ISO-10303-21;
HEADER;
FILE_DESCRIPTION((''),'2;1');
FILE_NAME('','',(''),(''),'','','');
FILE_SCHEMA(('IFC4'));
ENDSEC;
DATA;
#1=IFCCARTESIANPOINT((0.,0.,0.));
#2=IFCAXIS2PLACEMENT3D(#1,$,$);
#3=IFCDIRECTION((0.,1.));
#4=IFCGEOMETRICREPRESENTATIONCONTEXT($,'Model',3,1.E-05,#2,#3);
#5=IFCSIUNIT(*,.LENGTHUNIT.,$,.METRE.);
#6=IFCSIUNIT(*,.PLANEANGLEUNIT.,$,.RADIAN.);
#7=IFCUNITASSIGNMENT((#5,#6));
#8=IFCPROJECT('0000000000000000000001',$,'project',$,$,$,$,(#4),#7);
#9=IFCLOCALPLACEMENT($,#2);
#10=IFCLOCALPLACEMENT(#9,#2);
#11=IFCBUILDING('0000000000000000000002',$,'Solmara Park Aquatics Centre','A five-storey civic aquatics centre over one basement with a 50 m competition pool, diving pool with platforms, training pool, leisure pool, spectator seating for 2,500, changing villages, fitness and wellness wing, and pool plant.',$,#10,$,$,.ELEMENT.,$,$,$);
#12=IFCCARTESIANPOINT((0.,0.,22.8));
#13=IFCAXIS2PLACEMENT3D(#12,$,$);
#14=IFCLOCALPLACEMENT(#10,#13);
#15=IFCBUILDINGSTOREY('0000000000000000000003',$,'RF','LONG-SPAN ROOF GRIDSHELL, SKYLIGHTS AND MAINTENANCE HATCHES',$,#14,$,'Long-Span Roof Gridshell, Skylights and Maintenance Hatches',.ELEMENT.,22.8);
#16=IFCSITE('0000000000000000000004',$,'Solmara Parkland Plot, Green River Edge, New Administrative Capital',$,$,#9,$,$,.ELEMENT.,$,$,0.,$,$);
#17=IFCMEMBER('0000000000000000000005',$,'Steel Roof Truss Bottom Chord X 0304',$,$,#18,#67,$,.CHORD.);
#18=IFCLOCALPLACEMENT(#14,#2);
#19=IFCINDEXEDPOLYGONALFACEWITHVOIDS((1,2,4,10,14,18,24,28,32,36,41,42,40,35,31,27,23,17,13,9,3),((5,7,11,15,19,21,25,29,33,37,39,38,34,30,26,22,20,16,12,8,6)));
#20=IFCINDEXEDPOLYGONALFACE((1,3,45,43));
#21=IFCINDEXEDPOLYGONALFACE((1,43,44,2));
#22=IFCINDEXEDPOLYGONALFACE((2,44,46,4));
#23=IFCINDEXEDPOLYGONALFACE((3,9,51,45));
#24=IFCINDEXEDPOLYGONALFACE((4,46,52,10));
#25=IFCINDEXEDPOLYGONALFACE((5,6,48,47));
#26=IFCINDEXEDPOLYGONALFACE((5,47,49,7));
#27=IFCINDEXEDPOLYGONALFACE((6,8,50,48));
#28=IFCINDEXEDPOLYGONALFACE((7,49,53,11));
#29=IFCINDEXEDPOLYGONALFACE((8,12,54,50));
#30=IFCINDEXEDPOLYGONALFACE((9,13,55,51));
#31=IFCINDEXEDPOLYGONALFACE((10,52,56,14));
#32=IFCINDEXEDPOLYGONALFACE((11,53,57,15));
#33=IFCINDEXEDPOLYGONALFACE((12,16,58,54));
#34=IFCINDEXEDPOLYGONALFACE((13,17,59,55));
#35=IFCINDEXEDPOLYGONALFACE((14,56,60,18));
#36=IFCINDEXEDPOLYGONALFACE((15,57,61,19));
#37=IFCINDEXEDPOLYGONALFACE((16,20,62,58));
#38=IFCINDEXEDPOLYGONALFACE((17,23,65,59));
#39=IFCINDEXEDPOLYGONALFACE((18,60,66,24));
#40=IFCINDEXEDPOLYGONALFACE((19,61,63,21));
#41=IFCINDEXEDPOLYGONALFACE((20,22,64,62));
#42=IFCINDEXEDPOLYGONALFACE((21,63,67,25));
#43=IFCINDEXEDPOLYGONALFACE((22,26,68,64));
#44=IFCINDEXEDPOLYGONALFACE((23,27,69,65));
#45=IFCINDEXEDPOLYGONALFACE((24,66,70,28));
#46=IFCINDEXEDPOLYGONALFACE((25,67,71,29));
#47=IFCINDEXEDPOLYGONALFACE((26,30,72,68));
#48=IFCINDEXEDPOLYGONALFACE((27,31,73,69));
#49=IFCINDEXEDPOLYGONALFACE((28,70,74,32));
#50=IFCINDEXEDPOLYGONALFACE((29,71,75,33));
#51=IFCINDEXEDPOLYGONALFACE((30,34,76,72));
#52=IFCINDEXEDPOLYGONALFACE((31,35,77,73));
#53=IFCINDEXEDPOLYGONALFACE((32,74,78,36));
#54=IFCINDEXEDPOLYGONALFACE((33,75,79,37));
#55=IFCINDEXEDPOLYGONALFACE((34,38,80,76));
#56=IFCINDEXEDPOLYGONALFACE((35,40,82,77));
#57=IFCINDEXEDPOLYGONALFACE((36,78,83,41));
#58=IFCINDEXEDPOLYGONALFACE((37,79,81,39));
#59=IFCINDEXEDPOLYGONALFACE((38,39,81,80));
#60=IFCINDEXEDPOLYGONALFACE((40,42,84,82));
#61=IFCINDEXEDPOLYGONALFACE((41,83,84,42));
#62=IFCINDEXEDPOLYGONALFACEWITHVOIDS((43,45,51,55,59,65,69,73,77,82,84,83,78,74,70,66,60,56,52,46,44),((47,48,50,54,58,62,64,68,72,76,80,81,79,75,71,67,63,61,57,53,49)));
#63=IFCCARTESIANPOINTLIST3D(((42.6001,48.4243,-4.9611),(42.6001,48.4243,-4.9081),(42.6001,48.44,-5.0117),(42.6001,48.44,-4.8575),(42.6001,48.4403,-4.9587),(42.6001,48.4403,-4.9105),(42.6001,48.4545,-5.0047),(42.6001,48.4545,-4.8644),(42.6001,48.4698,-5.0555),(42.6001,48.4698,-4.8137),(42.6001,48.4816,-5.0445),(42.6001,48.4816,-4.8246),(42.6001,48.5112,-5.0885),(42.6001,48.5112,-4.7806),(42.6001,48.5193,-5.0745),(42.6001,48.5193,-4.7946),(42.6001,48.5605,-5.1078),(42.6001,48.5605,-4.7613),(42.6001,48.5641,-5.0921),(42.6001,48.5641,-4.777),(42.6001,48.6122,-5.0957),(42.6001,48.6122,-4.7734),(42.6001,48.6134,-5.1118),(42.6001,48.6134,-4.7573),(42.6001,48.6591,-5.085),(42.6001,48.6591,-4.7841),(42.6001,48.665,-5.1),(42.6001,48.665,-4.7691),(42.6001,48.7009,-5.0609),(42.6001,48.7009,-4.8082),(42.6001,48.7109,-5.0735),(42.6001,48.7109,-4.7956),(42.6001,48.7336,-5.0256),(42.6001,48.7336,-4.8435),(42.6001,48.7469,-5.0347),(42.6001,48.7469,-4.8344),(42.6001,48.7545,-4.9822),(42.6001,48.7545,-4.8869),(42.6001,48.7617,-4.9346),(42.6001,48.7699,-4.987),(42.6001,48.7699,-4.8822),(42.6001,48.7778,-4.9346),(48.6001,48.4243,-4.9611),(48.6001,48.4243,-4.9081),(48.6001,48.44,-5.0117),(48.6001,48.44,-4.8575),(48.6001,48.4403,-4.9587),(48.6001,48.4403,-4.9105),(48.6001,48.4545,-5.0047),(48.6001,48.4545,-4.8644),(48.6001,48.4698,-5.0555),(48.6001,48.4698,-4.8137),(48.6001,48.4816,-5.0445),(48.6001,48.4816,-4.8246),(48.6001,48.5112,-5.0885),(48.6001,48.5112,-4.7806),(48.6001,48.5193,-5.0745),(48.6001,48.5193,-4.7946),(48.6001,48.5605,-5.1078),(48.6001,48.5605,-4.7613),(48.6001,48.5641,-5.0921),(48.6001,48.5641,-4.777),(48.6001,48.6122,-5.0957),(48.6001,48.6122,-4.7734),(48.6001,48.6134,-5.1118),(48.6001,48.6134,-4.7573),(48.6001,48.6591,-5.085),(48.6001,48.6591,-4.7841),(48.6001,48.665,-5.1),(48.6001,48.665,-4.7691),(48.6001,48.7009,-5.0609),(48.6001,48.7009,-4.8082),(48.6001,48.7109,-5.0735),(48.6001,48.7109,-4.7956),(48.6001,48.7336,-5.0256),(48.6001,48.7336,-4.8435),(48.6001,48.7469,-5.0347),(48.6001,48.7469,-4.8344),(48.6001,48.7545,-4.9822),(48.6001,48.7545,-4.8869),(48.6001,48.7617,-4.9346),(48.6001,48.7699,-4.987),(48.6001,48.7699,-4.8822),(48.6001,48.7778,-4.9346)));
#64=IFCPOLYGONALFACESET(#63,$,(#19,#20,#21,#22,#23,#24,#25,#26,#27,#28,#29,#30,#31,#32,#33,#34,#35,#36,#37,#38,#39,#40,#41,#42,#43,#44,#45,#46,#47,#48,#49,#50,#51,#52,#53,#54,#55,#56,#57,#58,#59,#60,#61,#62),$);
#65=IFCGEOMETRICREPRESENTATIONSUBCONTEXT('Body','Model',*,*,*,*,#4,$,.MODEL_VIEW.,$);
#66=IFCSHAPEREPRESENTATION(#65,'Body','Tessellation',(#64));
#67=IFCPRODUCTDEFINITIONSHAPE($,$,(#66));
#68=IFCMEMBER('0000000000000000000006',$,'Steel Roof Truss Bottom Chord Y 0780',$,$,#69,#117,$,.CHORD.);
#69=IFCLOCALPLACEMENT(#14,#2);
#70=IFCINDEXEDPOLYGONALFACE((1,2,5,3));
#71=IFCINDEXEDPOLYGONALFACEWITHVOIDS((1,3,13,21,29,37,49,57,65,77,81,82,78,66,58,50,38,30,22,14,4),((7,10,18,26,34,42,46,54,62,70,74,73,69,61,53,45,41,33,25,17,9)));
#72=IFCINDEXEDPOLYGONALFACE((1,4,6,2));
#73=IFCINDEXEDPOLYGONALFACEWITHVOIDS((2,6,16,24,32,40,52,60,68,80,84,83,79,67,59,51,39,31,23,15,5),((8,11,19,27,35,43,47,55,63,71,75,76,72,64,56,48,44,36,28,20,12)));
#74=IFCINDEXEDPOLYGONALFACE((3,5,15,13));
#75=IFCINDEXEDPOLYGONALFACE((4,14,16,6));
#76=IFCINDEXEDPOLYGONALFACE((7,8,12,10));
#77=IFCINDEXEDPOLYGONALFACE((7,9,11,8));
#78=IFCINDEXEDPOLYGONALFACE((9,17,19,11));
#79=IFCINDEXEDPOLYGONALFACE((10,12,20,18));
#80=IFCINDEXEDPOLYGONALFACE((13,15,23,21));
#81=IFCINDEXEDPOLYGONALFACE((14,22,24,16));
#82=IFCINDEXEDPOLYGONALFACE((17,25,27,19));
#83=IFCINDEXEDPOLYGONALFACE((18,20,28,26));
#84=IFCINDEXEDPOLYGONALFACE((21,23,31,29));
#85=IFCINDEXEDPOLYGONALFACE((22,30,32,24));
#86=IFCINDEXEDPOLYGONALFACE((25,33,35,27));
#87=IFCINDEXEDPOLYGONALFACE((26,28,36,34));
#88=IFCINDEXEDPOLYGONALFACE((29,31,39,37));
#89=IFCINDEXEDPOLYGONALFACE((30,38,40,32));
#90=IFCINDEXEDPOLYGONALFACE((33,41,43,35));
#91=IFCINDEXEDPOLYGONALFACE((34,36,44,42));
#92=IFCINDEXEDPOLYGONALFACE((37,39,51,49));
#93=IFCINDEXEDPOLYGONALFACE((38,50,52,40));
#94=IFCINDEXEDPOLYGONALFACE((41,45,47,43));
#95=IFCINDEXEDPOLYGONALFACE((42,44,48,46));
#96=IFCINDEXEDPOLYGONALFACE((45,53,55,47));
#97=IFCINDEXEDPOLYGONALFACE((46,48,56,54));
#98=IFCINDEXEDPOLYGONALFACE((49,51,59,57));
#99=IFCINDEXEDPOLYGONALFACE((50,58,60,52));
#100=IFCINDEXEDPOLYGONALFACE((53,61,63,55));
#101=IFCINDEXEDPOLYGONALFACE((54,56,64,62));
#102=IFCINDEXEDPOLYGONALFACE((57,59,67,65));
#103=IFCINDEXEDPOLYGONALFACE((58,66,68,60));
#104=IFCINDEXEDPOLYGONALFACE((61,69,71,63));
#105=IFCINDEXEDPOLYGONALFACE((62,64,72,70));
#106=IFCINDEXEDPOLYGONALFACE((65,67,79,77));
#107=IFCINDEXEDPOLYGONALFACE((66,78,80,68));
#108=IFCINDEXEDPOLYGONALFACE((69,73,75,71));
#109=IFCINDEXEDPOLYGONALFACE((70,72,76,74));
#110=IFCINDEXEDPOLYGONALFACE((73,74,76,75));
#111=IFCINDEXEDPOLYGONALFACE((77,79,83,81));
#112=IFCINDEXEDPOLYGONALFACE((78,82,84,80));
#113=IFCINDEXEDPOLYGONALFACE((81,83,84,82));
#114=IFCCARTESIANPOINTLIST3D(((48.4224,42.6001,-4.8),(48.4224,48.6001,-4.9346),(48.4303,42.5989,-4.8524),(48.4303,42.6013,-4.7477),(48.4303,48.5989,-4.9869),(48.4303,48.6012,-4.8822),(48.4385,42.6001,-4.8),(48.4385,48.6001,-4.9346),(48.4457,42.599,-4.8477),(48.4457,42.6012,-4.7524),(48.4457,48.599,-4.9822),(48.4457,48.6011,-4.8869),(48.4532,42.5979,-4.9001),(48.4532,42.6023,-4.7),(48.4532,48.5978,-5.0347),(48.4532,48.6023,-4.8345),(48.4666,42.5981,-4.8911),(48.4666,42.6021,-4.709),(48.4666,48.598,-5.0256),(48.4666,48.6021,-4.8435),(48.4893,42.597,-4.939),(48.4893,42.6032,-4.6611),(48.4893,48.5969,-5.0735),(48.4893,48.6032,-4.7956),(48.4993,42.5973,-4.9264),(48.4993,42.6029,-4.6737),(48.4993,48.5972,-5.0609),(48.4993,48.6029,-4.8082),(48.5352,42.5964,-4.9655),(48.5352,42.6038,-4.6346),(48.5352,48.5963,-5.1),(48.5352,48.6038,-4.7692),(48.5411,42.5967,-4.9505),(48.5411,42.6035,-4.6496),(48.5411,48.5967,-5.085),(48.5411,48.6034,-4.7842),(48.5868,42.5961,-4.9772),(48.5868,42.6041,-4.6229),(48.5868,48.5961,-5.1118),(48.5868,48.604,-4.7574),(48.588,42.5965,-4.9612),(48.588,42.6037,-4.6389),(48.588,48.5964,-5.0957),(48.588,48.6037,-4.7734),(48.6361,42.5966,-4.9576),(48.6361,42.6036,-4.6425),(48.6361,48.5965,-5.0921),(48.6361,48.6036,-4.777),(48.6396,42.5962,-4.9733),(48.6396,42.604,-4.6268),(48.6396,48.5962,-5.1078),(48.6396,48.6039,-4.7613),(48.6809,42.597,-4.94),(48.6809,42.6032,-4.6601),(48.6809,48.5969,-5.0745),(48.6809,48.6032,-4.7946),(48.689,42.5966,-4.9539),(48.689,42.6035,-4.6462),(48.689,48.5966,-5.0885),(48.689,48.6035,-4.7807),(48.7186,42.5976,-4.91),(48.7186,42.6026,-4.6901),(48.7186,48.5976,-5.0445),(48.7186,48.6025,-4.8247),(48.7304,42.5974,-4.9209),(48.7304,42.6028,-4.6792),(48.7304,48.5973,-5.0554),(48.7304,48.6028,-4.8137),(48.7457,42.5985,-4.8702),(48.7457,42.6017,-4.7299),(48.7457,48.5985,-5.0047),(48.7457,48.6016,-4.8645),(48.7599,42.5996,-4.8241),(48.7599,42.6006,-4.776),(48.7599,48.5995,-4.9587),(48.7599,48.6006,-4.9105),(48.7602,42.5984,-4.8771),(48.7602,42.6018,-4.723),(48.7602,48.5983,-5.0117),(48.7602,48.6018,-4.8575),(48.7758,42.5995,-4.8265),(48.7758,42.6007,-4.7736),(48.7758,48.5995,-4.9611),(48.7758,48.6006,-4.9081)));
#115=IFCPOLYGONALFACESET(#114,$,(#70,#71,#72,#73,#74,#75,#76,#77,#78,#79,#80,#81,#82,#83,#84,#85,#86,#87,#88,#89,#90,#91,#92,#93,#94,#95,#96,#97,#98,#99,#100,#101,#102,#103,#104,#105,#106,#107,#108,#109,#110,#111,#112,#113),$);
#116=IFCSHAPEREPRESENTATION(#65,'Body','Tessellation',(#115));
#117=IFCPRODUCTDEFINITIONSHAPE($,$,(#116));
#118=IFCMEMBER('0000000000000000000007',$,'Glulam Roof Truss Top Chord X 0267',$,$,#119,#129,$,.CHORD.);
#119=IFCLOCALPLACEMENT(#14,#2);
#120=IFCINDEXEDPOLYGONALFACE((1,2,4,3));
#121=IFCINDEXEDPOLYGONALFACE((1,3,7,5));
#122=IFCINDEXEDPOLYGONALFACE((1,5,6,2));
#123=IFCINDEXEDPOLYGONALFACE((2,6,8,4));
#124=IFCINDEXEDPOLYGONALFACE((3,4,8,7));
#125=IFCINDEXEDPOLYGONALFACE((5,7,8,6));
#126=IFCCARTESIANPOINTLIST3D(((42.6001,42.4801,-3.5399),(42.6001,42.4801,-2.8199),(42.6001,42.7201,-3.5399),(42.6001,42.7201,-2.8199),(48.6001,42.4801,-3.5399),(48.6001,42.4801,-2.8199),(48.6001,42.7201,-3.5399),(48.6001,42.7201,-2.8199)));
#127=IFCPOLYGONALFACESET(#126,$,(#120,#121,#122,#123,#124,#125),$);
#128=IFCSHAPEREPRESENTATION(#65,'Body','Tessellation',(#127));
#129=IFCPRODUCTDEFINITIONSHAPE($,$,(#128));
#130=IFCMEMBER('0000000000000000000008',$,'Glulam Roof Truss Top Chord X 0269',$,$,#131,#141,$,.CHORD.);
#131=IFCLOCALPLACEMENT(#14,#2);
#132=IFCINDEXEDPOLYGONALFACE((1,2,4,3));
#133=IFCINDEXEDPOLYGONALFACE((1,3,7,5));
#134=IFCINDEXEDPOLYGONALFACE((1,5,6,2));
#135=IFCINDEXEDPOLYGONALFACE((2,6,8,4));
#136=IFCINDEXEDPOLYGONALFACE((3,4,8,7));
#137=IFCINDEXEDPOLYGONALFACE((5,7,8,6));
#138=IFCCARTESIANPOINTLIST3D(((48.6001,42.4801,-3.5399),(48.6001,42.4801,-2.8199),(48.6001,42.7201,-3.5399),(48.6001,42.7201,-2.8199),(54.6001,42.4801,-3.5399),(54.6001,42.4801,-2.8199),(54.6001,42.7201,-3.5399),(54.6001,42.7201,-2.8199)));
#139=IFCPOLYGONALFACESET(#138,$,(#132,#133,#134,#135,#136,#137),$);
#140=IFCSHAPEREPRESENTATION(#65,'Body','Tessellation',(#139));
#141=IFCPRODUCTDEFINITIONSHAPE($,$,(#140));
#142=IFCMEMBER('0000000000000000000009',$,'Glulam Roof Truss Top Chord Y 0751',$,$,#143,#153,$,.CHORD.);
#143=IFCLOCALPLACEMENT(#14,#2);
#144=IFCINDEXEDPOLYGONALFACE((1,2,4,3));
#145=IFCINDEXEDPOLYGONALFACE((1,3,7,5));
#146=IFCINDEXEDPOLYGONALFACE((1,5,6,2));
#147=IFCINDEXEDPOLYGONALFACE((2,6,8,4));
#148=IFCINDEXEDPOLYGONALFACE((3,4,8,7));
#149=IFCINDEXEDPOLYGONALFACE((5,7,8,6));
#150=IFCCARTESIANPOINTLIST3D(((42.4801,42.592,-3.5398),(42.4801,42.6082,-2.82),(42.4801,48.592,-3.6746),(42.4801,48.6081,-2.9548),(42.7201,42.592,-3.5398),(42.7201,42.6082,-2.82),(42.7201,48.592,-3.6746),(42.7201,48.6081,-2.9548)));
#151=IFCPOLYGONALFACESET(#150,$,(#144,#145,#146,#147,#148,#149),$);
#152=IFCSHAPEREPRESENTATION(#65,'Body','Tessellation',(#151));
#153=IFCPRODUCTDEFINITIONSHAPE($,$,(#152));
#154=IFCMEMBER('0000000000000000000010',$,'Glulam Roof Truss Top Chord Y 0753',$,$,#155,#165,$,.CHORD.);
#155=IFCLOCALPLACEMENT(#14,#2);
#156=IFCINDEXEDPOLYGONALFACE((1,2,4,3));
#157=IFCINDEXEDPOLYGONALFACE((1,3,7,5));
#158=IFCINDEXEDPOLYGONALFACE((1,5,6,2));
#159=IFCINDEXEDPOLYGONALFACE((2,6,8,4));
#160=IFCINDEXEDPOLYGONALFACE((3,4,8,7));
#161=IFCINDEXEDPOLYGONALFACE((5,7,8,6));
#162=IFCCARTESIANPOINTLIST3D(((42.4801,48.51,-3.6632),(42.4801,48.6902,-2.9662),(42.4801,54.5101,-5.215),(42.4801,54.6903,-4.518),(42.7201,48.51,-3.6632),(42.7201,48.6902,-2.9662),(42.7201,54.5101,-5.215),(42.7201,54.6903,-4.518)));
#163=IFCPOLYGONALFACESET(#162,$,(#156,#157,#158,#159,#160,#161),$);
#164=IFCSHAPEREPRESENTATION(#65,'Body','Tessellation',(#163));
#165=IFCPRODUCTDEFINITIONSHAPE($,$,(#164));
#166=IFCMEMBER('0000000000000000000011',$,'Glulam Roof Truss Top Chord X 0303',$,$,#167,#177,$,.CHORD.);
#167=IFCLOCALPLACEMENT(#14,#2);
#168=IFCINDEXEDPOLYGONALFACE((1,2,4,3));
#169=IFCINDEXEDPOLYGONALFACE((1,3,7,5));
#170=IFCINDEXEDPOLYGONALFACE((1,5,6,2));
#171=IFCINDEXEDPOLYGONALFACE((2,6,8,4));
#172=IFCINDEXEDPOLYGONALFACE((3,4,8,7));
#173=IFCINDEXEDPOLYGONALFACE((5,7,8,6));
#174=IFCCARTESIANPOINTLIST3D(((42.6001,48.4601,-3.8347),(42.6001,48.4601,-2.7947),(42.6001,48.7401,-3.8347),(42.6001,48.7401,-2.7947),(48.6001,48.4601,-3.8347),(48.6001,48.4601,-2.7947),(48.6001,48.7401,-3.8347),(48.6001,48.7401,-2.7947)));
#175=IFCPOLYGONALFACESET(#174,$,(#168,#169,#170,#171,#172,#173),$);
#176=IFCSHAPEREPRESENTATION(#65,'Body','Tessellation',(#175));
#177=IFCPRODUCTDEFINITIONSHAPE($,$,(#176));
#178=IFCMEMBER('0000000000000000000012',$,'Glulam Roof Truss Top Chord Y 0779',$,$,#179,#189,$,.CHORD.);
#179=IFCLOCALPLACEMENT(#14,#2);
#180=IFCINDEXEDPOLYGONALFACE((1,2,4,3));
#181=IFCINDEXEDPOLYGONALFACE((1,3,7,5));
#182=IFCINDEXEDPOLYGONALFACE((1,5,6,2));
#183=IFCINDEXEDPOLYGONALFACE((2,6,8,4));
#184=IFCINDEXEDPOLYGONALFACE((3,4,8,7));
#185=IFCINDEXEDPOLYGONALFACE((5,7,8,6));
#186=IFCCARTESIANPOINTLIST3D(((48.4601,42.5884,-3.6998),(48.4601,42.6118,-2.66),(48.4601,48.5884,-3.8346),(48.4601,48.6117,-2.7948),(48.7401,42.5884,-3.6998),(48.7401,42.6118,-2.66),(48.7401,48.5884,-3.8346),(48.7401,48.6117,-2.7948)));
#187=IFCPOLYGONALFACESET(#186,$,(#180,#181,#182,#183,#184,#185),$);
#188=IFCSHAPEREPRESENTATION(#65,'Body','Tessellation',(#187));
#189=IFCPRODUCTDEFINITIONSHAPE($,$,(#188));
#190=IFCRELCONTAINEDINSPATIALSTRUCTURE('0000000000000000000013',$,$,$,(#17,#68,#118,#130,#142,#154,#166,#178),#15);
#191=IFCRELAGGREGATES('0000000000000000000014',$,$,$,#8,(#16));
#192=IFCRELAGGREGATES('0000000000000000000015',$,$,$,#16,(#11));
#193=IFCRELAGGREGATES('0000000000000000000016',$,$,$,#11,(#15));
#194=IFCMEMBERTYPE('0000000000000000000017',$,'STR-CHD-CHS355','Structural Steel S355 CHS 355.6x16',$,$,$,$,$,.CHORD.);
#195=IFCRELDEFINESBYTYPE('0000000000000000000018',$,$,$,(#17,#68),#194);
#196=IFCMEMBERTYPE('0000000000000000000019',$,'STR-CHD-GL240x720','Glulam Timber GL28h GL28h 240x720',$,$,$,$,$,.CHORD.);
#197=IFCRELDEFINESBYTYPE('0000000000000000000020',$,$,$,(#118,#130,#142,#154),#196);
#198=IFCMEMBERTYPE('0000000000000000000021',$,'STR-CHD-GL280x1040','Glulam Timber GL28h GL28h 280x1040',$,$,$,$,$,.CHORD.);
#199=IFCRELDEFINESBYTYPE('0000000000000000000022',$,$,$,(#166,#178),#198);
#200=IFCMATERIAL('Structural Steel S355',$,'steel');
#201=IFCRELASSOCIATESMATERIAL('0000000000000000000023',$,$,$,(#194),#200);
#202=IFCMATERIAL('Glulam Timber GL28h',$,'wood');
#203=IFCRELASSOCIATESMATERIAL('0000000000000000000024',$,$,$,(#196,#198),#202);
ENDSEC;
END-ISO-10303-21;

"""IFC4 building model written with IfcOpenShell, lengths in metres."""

from ifc_helpers import new_model, si_unit, direction, frame, origin, origin_2d, place, context, subcontext, project, spatial, rectangle, hollow_circle, extrude, material, material_profile, profile_set, type_object, element, save


model = new_model("IFC4")

# Units and contexts
model_context = context("Model", 3, precision=1e-05, world=origin(), true_north=direction((0.0, 1.0)))
body_context = subcontext(model_context, "Body", "Model", "MODEL_VIEW")
ifc_project = project(units=[si_unit("LENGTHUNIT", "METRE"), si_unit("PLANEANGLEUNIT", "RADIAN")], contexts=[model_context])

# Site, building, storey
site_placement = place(None, origin())
site = spatial("IfcSite", under=ifc_project, at=site_placement, Name="Solmara Parkland Plot, Green River Edge, New Administrative Capital", CompositionType="ELEMENT", RefElevation=0.0)
building_placement = place(site_placement, origin())
building = spatial("IfcBuilding", under=site, at=building_placement, Name="Solmara Park Aquatics Centre", Description="A five-storey civic aquatics centre over one basement with a 50 m competition pool, diving pool with platforms, training pool, leisure pool, spectator seating for 2,500, changing villages, fitness and wellness wing, and pool plant.", CompositionType="ELEMENT")
storey_placement = place(building_placement, frame((0.0, 0.0, 22.8)))
storey = spatial("IfcBuildingStorey", under=building, at=storey_placement, Name="RF", Description="LONG-SPAN ROOF GRIDSHELL, SKYLIGHTS AND MAINTENANCE HATCHES", LongName="Long-Span Roof Gridshell, Skylights and Maintenance Hatches", CompositionType="ELEMENT", Elevation=22.8)

# Members
ifc_material_1 = material(Name="Structural Steel S355", Category="steel")
ifc_material_profile_1 = material_profile(ifc_material_1, hollow_circle(Radius=0.1777, WallThickness=0.0161, at=origin_2d()), Name="CHS 355.6x16")
ifc_profile_set_1 = profile_set([ifc_material_profile_1], Name="Structural Steel S355")
member_type_1 = type_object("IfcMemberType", Name="STR-CHD-CHS355", Description="Structural Steel S355 CHS 355.6x16", PredefinedType="CHORD", material=ifc_profile_set_1)
member_1_placement = place(storey_placement, frame((42.6001, 48.6001, -4.9346), z_axis=(1.0, 0.0, 0.0), x_axis=(0.0, 1.0, 0.0)))
element("IfcMember", 1, at=member_1_placement, inside=storey, type_object=member_type_1, Name="Steel Roof Truss Bottom Chord X 0304", PredefinedType="CHORD", context=body_context, shape_type="SweptSolid", body=[
    extrude(hollow_circle(Radius=0.1777, WallThickness=0.0161, at=origin_2d()), origin(), (0.0, 0.0, 1.0), 6.0),
])
member_2_placement = place(storey_placement, frame((48.6001, 42.6001, -4.8), z_axis=(0.0, 0.999749, -0.022415), x_axis=(-1.0, 0.0, 0.0)))
element("IfcMember", 2, at=member_2_placement, inside=storey, type_object=member_type_1, Name="Steel Roof Truss Bottom Chord Y 0780", PredefinedType="CHORD", context=body_context, shape_type="SweptSolid", body=[
    extrude(hollow_circle(Radius=0.1777, WallThickness=0.0161, at=origin_2d()), origin(), (0.0, 0.0, 1.0), 6.0015),
])
ifc_material_2 = material(Name="Glulam Timber GL28h", Category="wood")
ifc_material_profile_2 = material_profile(ifc_material_2, rectangle(XDim=0.24, YDim=0.72, at=origin_2d()), Name="GL28h 240x720")
ifc_profile_set_2 = profile_set([ifc_material_profile_2], Name="Glulam Timber GL28h")
member_type_2 = type_object("IfcMemberType", Name="STR-CHD-GL240x720", Description="Glulam Timber GL28h GL28h 240x720", PredefinedType="CHORD", material=ifc_profile_set_2)
for number, where, z_axis, x_axis, name in (
    (3, (42.6001, 42.6001, -3.1799), (1.0, 0.0, 0.0), (0.0, 1.0, 0.0), "Glulam Roof Truss Top Chord X 0267"),
    (4, (48.6001, 42.6001, -3.1799), (1.0, 0.0, 0.0), (0.0, 1.0, 0.0), "Glulam Roof Truss Top Chord X 0269"),
):
    element("IfcMember", number, at=place(storey_placement, frame(where, z_axis=z_axis, x_axis=x_axis)), inside=storey, type_object=member_type_2, Name=name, PredefinedType="CHORD", context=body_context, shape_type="SweptSolid", body=[
        extrude(rectangle(XDim=0.24, YDim=0.72, at=origin_2d()), origin(), (0.0, 0.0, 1.0), 6.0),
    ])
member_3_placement = place(storey_placement, frame((42.6001, 42.6001, -3.1799), z_axis=(0.0, 0.999748, -0.022455), x_axis=(-1.0, 0.0, 0.0)))
element("IfcMember", 5, at=member_3_placement, inside=storey, type_object=member_type_2, Name="Glulam Roof Truss Top Chord Y 0751", PredefinedType="CHORD", context=body_context, shape_type="SweptSolid", body=[
    extrude(rectangle(XDim=0.24, YDim=0.72, at=origin_2d()), origin(), (0.0, 0.0, 1.0), 6.0015),
])
member_4_placement = place(storey_placement, frame((42.6001, 48.6001, -3.3147), z_axis=(0.0, 0.968146, -0.250388), x_axis=(-1.0, 0.0, 0.0)))
element("IfcMember", 6, at=member_4_placement, inside=storey, type_object=member_type_2, Name="Glulam Roof Truss Top Chord Y 0753", PredefinedType="CHORD", context=body_context, shape_type="SweptSolid", body=[
    extrude(rectangle(XDim=0.24, YDim=0.72, at=origin_2d()), origin(), (0.0, 0.0, 1.0), 6.1975),
])
ifc_material_profile_3 = material_profile(ifc_material_2, rectangle(XDim=0.28, YDim=1.04, at=origin_2d()), Name="GL28h 280x1040")
ifc_profile_set_3 = profile_set([ifc_material_profile_3], Name="Glulam Timber GL28h")
member_type_3 = type_object("IfcMemberType", Name="STR-CHD-GL280x1040", Description="Glulam Timber GL28h GL28h 280x1040", PredefinedType="CHORD", material=ifc_profile_set_3)
member_5_placement = place(storey_placement, frame((42.6001, 48.6001, -3.3147), z_axis=(1.0, 0.0, 0.0), x_axis=(0.0, 1.0, 0.0)))
element("IfcMember", 7, at=member_5_placement, inside=storey, type_object=member_type_3, Name="Glulam Roof Truss Top Chord X 0303", PredefinedType="CHORD", context=body_context, shape_type="SweptSolid", body=[
    extrude(rectangle(XDim=0.28, YDim=1.04, at=origin_2d()), origin(), (0.0, 0.0, 1.0), 6.0),
])
member_6_placement = place(storey_placement, frame((48.6001, 42.6001, -3.1799), z_axis=(0.0, 0.999748, -0.022455), x_axis=(-1.0, 0.0, 0.0)))
element("IfcMember", 8, at=member_6_placement, inside=storey, type_object=member_type_3, Name="Glulam Roof Truss Top Chord Y 0779", PredefinedType="CHORD", context=body_context, shape_type="SweptSolid", body=[
    extrude(rectangle(XDim=0.28, YDim=1.04, at=origin_2d()), origin(), (0.0, 0.0, 1.0), 6.0015),
])

save(model, "model.ifc")
